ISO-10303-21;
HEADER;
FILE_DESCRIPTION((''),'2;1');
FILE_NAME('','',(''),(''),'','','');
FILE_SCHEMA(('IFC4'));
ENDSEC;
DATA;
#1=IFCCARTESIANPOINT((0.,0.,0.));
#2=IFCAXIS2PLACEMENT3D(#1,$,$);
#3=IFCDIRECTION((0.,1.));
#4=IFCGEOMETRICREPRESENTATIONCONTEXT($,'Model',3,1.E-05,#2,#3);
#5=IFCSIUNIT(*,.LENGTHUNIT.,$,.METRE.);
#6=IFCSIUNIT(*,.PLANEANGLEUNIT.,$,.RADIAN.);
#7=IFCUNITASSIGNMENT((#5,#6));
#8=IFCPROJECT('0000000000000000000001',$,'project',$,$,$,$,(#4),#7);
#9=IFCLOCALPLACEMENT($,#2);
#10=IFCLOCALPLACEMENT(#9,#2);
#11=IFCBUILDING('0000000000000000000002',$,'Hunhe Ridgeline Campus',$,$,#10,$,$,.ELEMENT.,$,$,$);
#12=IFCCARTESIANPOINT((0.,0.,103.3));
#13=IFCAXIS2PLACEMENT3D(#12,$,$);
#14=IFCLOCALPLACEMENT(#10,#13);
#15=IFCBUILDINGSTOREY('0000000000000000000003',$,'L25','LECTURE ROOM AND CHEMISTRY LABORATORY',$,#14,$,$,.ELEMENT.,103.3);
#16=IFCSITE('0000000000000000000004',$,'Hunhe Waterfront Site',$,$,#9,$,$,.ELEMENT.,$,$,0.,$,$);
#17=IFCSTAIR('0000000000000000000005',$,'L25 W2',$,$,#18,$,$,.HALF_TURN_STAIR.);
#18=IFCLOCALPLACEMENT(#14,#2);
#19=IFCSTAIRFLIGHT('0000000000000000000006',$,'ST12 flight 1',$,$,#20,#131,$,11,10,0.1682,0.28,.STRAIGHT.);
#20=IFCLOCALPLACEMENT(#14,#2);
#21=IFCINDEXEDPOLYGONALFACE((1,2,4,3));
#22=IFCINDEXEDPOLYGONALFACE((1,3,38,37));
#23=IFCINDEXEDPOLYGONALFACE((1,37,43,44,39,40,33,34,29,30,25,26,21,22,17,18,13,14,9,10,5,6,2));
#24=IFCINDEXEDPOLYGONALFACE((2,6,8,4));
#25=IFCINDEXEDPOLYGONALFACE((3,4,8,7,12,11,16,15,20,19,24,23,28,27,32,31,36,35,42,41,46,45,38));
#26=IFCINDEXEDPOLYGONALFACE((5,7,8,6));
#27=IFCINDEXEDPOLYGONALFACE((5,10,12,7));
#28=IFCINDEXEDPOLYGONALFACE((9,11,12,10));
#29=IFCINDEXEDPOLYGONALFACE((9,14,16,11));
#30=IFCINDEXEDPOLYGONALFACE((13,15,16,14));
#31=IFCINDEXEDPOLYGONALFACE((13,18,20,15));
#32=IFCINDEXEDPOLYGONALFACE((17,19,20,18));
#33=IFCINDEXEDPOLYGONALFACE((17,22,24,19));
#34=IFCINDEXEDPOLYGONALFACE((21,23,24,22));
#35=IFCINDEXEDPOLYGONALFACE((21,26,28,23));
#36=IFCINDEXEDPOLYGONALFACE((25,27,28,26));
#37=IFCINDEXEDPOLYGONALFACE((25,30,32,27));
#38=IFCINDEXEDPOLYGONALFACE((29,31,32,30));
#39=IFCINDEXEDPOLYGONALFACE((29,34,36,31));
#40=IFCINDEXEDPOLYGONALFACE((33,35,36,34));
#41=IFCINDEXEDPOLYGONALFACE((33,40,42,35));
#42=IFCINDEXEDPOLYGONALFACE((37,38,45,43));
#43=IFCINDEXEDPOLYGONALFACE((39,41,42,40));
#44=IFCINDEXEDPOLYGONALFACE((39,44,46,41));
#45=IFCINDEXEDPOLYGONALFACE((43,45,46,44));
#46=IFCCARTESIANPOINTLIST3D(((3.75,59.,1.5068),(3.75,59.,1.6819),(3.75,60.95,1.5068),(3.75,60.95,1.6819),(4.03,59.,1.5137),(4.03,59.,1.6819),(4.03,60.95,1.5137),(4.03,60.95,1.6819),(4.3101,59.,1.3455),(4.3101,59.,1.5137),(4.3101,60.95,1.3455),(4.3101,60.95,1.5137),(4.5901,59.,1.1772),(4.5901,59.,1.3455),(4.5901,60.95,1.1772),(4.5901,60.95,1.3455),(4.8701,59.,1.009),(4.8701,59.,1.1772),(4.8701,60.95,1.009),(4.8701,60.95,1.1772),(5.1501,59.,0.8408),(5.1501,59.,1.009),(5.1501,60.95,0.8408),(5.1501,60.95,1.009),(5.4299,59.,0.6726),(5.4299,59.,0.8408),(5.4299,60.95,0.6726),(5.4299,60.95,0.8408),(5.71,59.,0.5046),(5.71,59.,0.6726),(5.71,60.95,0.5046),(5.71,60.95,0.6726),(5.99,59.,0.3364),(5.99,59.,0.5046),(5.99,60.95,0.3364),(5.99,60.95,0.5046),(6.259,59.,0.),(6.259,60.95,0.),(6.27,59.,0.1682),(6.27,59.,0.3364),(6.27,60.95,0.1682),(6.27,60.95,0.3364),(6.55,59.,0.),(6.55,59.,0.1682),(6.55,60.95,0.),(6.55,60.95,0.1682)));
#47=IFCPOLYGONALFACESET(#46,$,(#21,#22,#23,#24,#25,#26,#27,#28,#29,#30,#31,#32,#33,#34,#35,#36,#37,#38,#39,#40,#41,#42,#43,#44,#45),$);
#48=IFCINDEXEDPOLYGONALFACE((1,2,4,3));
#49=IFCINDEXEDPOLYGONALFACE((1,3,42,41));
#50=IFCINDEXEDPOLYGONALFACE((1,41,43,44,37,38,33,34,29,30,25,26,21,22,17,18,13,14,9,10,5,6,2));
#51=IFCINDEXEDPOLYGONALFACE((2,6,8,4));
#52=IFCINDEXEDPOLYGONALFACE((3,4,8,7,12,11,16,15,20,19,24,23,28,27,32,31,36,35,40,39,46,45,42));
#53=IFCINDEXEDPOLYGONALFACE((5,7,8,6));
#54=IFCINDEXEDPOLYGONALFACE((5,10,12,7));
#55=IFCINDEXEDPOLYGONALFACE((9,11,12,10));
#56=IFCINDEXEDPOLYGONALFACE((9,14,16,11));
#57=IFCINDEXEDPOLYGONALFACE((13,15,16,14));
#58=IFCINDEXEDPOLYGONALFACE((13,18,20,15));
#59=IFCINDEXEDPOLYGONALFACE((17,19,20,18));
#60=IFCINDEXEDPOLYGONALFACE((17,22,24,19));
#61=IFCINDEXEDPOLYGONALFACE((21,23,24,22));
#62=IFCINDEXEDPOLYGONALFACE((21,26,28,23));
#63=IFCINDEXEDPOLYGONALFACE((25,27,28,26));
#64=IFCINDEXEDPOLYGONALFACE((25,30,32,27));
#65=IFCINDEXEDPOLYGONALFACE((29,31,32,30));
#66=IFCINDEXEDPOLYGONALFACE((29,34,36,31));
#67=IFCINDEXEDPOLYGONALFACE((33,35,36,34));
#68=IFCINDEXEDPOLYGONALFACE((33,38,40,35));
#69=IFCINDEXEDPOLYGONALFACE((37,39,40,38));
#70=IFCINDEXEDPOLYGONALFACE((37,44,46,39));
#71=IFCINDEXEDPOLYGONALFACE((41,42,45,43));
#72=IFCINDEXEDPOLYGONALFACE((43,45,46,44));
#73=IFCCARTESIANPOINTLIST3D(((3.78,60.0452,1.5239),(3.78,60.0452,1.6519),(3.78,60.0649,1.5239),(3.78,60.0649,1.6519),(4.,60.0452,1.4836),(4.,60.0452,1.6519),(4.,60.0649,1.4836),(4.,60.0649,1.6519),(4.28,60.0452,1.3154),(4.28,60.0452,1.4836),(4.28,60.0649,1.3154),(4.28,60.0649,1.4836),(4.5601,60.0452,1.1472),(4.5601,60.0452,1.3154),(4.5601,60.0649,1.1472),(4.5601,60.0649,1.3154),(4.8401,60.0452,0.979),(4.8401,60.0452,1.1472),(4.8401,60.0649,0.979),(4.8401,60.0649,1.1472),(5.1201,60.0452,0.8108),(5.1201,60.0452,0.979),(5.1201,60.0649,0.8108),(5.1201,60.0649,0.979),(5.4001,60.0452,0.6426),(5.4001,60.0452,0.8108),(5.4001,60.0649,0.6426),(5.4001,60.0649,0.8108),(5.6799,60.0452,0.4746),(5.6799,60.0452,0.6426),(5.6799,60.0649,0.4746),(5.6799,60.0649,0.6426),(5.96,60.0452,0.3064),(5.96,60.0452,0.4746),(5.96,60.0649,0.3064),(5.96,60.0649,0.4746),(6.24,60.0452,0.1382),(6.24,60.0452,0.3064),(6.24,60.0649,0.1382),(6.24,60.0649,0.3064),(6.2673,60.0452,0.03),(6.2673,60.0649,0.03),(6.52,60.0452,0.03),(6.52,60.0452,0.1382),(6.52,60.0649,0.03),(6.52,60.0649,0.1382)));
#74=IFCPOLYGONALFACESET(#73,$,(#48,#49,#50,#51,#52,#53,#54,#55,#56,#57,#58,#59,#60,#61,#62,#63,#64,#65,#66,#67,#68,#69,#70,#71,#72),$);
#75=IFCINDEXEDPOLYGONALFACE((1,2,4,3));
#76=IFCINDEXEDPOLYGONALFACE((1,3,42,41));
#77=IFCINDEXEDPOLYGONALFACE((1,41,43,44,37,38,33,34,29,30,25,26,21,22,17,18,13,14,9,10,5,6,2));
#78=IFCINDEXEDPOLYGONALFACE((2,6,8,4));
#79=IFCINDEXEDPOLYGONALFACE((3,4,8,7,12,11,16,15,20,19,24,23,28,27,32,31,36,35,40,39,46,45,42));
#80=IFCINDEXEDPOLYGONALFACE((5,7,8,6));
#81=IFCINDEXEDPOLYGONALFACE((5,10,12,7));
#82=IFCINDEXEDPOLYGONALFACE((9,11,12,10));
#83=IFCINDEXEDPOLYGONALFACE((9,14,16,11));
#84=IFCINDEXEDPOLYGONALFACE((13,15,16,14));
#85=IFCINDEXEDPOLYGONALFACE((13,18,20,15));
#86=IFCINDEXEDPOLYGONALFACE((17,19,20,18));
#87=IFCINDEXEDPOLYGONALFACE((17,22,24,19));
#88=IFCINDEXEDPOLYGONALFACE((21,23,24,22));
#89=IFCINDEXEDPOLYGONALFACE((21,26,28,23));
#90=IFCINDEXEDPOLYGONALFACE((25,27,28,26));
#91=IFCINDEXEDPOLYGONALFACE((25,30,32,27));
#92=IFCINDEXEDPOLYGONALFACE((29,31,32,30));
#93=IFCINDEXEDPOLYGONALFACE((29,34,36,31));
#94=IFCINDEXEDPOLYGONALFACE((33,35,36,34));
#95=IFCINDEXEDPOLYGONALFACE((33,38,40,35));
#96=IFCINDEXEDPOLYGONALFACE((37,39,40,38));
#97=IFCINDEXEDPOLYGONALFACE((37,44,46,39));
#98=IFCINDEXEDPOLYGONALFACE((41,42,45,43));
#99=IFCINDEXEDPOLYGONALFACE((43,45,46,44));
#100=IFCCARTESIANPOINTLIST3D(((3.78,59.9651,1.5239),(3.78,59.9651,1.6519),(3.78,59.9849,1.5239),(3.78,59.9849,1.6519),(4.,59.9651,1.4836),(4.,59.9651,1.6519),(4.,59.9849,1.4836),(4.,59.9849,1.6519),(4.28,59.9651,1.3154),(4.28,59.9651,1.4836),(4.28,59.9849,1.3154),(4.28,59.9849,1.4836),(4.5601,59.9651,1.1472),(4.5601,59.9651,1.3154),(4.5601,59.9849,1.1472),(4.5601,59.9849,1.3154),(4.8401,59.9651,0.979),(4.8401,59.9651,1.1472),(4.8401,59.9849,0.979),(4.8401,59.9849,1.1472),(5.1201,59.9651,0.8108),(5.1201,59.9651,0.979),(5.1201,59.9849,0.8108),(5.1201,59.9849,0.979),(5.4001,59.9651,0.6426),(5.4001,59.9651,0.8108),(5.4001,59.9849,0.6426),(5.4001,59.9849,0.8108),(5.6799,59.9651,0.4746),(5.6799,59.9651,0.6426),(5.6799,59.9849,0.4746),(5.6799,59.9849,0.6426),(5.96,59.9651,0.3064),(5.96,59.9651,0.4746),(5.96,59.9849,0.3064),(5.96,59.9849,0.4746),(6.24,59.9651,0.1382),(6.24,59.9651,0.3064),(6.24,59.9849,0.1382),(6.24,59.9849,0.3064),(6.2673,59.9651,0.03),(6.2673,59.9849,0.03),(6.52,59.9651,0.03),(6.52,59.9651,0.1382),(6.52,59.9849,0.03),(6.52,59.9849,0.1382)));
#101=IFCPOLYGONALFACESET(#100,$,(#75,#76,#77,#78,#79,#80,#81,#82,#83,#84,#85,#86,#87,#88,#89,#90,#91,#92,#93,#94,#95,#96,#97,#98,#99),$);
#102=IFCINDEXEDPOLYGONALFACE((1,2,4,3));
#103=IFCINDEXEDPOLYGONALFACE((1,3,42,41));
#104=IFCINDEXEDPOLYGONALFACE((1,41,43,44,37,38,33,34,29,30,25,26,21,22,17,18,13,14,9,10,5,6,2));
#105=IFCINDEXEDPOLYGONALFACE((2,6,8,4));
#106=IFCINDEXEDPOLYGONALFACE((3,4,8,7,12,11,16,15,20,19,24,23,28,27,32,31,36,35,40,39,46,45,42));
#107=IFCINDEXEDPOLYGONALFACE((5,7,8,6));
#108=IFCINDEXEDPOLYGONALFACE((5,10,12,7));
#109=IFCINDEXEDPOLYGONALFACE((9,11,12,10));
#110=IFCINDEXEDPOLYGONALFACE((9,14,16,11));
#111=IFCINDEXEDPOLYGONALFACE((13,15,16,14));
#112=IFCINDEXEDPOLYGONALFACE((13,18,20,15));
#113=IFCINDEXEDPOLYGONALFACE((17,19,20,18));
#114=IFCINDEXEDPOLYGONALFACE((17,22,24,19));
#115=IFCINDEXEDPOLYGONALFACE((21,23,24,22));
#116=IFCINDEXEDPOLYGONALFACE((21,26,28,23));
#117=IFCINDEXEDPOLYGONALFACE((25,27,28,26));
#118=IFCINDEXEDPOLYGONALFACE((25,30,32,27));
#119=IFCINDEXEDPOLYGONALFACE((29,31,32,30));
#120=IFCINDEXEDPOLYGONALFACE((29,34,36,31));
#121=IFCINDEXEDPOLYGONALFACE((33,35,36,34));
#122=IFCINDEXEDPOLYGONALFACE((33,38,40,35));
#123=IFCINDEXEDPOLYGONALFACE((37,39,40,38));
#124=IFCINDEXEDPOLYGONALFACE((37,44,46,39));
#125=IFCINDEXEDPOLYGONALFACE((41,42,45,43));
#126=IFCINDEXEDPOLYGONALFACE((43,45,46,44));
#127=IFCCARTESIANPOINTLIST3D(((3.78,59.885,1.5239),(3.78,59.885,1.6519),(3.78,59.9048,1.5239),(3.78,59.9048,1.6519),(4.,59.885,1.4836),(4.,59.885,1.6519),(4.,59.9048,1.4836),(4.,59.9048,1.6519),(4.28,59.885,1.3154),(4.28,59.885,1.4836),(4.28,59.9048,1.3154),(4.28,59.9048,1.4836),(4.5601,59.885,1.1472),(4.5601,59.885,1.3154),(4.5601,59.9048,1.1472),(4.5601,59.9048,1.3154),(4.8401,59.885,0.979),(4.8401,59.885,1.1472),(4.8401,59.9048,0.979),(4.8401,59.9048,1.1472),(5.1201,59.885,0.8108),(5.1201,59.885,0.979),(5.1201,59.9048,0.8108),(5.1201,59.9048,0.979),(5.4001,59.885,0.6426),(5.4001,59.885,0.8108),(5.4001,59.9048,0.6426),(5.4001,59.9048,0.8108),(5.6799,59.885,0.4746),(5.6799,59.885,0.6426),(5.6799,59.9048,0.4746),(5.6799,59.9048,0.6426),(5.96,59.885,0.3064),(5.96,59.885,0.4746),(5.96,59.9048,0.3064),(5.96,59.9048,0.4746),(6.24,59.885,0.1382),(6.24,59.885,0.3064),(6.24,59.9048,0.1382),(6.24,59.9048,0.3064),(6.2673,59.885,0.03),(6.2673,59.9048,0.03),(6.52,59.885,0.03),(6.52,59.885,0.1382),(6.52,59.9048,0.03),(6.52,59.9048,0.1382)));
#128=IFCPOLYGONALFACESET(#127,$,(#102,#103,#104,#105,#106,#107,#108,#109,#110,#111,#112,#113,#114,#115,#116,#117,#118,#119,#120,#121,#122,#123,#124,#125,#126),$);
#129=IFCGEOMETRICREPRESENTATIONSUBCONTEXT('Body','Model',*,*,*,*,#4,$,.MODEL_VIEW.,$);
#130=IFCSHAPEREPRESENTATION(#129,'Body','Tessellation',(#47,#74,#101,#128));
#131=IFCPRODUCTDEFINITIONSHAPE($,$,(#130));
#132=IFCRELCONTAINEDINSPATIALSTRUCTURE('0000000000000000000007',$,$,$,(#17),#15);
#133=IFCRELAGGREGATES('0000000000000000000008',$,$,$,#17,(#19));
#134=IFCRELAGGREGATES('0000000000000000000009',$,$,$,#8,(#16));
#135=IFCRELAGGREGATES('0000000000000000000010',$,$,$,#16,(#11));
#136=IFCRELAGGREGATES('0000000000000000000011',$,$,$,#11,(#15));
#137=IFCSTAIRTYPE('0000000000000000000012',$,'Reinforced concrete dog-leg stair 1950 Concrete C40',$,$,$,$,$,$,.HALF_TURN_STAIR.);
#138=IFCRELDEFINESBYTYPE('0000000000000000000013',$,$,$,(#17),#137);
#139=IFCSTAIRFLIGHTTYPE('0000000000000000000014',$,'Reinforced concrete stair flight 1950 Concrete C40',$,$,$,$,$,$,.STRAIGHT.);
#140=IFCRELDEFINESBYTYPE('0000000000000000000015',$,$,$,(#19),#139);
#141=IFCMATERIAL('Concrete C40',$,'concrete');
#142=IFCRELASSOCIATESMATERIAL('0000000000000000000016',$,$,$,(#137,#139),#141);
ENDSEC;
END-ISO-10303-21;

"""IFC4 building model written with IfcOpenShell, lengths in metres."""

from ifc_helpers import new_model, si_unit, direction, frame, origin, place, context, subcontext, project, spatial, polyline, outline, extrude, material, type_object, element, aggregate, save


model = new_model("IFC4")

# Units and contexts
model_context = context("Model", 3, precision=1e-05, world=origin(), true_north=direction((0.0, 1.0)))
body_context = subcontext(model_context, "Body", "Model", "MODEL_VIEW")
ifc_project = project(units=[si_unit("LENGTHUNIT", "METRE"), si_unit("PLANEANGLEUNIT", "RADIAN")], contexts=[model_context])

# Site, building, storey
site_placement = place(None, origin())
site = spatial("IfcSite", under=ifc_project, at=site_placement, Name="Hunhe Waterfront Site", CompositionType="ELEMENT", RefElevation=0.0)
building_placement = place(site_placement, origin())
building = spatial("IfcBuilding", under=site, at=building_placement, Name="Hunhe Ridgeline Campus", CompositionType="ELEMENT")
storey_placement = place(building_placement, frame((0.0, 0.0, 103.3)))
storey = spatial("IfcBuildingStorey", under=building, at=storey_placement, Name="L25", Description="LECTURE ROOM AND CHEMISTRY LABORATORY", CompositionType="ELEMENT", Elevation=103.3)

# Stair, stair flight
ifc_material_1 = material(Name="Concrete C40", Category="concrete")
stair_type = type_object("IfcStairType", Name="Reinforced concrete dog-leg stair 1950 Concrete C40", PredefinedType="HALF_TURN_STAIR", material=ifc_material_1)
stair_placement = place(storey_placement, origin())
stair = element("IfcStair", 1, at=stair_placement, inside=storey, type_object=stair_type, Name="L25 W2", PredefinedType="HALF_TURN_STAIR")
stair_flight_type = type_object("IfcStairFlightType", Name="Reinforced concrete stair flight 1950 Concrete C40", PredefinedType="STRAIGHT", material=ifc_material_1)
stair_flight_1_placement = place(storey_placement, frame((6.55, 59.9751, 0.0), z_axis=(0.0, 0.0, 1.0), x_axis=(-1.0, 0.0, 0.0)))
stair_flight_1 = element("IfcStairFlight", 2, at=stair_flight_1_placement, type_object=stair_flight_type, Name="ST12 flight 1", NumberOfRisers=11, NumberOfTreads=10, PredefinedType="STRAIGHT", RiserHeight=0.1682, TreadLength=0.28, context=body_context, shape_type="SweptSolid", body=[
    extrude(outline(polyline([(0.0, 0.0), (0.0, 0.1682), (0.28, 0.1682), (0.28, 0.3364), (0.5601, 0.3364), (0.5601, 0.5046), (0.8401, 0.5046), (0.8401, 0.6726), (1.1201, 0.6726), (1.1201, 0.8408), (1.3999, 0.8408), (1.3999, 1.009), (1.6799, 1.009), (1.6799, 1.1772), (1.96, 1.1772), (1.96, 1.3455), (2.24, 1.3455), (2.24, 1.5137), (2.52, 1.5137), (2.52, 1.6819), (2.8, 1.6819), (2.8, 1.8501), (2.8, 1.5068), (0.291, 0.0), (0.0, 0.0)])), frame((0.0, 0.9751, 0.0), z_axis=(0.0, -1.0, 0.0), x_axis=(1.0, 0.0, 0.0)), (0.0, 0.0, 1.0), 1.95),
    extrude(outline(polyline([(0.03, 0.03), (0.03, 0.1382), (0.3101, 0.1382), (0.3101, 0.3064), (0.5901, 0.3064), (0.5901, 0.4746), (0.8701, 0.4746), (0.8701, 0.6426), (1.1499, 0.6426), (1.1499, 0.8108), (1.4299, 0.8108), (1.4299, 0.979), (1.71, 0.979), (1.71, 1.1472), (1.99, 1.1472), (1.99, 1.3154), (2.27, 1.3154), (2.27, 1.4836), (2.55, 1.4836), (2.55, 1.6519), (2.77, 1.6519), (2.77, 1.5239), (0.2827, 0.03), (0.03, 0.03)])), frame((0.0, -0.0701, 0.0), z_axis=(0.0, -1.0, 0.0), x_axis=(1.0, 0.0, 0.0)), (0.0, 0.0, 1.0), 0.0198),
    extrude(outline(polyline([(0.03, 0.03), (0.03, 0.1382), (0.3101, 0.1382), (0.3101, 0.3064), (0.5901, 0.3064), (0.5901, 0.4746), (0.8701, 0.4746), (0.8701, 0.6426), (1.1499, 0.6426), (1.1499, 0.8108), (1.4299, 0.8108), (1.4299, 0.979), (1.71, 0.979), (1.71, 1.1472), (1.99, 1.1472), (1.99, 1.3154), (2.27, 1.3154), (2.27, 1.4836), (2.55, 1.4836), (2.55, 1.6519), (2.77, 1.6519), (2.77, 1.5239), (0.2827, 0.03), (0.03, 0.03)])), frame((0.0, 0.01, 0.0), z_axis=(0.0, -1.0, 0.0), x_axis=(1.0, 0.0, 0.0)), (0.0, 0.0, 1.0), 0.0198),
    extrude(outline(polyline([(0.03, 0.03), (0.03, 0.1382), (0.3101, 0.1382), (0.3101, 0.3064), (0.5901, 0.3064), (0.5901, 0.4746), (0.8701, 0.4746), (0.8701, 0.6426), (1.1499, 0.6426), (1.1499, 0.8108), (1.4299, 0.8108), (1.4299, 0.979), (1.71, 0.979), (1.71, 1.1472), (1.99, 1.1472), (1.99, 1.3154), (2.27, 1.3154), (2.27, 1.4836), (2.55, 1.4836), (2.55, 1.6519), (2.77, 1.6519), (2.77, 1.5239), (0.2827, 0.03), (0.03, 0.03)])), frame((0.0, 0.0901, 0.0), z_axis=(0.0, -1.0, 0.0), x_axis=(1.0, 0.0, 0.0)), (0.0, 0.0, 1.0), 0.0198),
])
aggregate(stair, [stair_flight_1])

save(model, "model.ifc")
